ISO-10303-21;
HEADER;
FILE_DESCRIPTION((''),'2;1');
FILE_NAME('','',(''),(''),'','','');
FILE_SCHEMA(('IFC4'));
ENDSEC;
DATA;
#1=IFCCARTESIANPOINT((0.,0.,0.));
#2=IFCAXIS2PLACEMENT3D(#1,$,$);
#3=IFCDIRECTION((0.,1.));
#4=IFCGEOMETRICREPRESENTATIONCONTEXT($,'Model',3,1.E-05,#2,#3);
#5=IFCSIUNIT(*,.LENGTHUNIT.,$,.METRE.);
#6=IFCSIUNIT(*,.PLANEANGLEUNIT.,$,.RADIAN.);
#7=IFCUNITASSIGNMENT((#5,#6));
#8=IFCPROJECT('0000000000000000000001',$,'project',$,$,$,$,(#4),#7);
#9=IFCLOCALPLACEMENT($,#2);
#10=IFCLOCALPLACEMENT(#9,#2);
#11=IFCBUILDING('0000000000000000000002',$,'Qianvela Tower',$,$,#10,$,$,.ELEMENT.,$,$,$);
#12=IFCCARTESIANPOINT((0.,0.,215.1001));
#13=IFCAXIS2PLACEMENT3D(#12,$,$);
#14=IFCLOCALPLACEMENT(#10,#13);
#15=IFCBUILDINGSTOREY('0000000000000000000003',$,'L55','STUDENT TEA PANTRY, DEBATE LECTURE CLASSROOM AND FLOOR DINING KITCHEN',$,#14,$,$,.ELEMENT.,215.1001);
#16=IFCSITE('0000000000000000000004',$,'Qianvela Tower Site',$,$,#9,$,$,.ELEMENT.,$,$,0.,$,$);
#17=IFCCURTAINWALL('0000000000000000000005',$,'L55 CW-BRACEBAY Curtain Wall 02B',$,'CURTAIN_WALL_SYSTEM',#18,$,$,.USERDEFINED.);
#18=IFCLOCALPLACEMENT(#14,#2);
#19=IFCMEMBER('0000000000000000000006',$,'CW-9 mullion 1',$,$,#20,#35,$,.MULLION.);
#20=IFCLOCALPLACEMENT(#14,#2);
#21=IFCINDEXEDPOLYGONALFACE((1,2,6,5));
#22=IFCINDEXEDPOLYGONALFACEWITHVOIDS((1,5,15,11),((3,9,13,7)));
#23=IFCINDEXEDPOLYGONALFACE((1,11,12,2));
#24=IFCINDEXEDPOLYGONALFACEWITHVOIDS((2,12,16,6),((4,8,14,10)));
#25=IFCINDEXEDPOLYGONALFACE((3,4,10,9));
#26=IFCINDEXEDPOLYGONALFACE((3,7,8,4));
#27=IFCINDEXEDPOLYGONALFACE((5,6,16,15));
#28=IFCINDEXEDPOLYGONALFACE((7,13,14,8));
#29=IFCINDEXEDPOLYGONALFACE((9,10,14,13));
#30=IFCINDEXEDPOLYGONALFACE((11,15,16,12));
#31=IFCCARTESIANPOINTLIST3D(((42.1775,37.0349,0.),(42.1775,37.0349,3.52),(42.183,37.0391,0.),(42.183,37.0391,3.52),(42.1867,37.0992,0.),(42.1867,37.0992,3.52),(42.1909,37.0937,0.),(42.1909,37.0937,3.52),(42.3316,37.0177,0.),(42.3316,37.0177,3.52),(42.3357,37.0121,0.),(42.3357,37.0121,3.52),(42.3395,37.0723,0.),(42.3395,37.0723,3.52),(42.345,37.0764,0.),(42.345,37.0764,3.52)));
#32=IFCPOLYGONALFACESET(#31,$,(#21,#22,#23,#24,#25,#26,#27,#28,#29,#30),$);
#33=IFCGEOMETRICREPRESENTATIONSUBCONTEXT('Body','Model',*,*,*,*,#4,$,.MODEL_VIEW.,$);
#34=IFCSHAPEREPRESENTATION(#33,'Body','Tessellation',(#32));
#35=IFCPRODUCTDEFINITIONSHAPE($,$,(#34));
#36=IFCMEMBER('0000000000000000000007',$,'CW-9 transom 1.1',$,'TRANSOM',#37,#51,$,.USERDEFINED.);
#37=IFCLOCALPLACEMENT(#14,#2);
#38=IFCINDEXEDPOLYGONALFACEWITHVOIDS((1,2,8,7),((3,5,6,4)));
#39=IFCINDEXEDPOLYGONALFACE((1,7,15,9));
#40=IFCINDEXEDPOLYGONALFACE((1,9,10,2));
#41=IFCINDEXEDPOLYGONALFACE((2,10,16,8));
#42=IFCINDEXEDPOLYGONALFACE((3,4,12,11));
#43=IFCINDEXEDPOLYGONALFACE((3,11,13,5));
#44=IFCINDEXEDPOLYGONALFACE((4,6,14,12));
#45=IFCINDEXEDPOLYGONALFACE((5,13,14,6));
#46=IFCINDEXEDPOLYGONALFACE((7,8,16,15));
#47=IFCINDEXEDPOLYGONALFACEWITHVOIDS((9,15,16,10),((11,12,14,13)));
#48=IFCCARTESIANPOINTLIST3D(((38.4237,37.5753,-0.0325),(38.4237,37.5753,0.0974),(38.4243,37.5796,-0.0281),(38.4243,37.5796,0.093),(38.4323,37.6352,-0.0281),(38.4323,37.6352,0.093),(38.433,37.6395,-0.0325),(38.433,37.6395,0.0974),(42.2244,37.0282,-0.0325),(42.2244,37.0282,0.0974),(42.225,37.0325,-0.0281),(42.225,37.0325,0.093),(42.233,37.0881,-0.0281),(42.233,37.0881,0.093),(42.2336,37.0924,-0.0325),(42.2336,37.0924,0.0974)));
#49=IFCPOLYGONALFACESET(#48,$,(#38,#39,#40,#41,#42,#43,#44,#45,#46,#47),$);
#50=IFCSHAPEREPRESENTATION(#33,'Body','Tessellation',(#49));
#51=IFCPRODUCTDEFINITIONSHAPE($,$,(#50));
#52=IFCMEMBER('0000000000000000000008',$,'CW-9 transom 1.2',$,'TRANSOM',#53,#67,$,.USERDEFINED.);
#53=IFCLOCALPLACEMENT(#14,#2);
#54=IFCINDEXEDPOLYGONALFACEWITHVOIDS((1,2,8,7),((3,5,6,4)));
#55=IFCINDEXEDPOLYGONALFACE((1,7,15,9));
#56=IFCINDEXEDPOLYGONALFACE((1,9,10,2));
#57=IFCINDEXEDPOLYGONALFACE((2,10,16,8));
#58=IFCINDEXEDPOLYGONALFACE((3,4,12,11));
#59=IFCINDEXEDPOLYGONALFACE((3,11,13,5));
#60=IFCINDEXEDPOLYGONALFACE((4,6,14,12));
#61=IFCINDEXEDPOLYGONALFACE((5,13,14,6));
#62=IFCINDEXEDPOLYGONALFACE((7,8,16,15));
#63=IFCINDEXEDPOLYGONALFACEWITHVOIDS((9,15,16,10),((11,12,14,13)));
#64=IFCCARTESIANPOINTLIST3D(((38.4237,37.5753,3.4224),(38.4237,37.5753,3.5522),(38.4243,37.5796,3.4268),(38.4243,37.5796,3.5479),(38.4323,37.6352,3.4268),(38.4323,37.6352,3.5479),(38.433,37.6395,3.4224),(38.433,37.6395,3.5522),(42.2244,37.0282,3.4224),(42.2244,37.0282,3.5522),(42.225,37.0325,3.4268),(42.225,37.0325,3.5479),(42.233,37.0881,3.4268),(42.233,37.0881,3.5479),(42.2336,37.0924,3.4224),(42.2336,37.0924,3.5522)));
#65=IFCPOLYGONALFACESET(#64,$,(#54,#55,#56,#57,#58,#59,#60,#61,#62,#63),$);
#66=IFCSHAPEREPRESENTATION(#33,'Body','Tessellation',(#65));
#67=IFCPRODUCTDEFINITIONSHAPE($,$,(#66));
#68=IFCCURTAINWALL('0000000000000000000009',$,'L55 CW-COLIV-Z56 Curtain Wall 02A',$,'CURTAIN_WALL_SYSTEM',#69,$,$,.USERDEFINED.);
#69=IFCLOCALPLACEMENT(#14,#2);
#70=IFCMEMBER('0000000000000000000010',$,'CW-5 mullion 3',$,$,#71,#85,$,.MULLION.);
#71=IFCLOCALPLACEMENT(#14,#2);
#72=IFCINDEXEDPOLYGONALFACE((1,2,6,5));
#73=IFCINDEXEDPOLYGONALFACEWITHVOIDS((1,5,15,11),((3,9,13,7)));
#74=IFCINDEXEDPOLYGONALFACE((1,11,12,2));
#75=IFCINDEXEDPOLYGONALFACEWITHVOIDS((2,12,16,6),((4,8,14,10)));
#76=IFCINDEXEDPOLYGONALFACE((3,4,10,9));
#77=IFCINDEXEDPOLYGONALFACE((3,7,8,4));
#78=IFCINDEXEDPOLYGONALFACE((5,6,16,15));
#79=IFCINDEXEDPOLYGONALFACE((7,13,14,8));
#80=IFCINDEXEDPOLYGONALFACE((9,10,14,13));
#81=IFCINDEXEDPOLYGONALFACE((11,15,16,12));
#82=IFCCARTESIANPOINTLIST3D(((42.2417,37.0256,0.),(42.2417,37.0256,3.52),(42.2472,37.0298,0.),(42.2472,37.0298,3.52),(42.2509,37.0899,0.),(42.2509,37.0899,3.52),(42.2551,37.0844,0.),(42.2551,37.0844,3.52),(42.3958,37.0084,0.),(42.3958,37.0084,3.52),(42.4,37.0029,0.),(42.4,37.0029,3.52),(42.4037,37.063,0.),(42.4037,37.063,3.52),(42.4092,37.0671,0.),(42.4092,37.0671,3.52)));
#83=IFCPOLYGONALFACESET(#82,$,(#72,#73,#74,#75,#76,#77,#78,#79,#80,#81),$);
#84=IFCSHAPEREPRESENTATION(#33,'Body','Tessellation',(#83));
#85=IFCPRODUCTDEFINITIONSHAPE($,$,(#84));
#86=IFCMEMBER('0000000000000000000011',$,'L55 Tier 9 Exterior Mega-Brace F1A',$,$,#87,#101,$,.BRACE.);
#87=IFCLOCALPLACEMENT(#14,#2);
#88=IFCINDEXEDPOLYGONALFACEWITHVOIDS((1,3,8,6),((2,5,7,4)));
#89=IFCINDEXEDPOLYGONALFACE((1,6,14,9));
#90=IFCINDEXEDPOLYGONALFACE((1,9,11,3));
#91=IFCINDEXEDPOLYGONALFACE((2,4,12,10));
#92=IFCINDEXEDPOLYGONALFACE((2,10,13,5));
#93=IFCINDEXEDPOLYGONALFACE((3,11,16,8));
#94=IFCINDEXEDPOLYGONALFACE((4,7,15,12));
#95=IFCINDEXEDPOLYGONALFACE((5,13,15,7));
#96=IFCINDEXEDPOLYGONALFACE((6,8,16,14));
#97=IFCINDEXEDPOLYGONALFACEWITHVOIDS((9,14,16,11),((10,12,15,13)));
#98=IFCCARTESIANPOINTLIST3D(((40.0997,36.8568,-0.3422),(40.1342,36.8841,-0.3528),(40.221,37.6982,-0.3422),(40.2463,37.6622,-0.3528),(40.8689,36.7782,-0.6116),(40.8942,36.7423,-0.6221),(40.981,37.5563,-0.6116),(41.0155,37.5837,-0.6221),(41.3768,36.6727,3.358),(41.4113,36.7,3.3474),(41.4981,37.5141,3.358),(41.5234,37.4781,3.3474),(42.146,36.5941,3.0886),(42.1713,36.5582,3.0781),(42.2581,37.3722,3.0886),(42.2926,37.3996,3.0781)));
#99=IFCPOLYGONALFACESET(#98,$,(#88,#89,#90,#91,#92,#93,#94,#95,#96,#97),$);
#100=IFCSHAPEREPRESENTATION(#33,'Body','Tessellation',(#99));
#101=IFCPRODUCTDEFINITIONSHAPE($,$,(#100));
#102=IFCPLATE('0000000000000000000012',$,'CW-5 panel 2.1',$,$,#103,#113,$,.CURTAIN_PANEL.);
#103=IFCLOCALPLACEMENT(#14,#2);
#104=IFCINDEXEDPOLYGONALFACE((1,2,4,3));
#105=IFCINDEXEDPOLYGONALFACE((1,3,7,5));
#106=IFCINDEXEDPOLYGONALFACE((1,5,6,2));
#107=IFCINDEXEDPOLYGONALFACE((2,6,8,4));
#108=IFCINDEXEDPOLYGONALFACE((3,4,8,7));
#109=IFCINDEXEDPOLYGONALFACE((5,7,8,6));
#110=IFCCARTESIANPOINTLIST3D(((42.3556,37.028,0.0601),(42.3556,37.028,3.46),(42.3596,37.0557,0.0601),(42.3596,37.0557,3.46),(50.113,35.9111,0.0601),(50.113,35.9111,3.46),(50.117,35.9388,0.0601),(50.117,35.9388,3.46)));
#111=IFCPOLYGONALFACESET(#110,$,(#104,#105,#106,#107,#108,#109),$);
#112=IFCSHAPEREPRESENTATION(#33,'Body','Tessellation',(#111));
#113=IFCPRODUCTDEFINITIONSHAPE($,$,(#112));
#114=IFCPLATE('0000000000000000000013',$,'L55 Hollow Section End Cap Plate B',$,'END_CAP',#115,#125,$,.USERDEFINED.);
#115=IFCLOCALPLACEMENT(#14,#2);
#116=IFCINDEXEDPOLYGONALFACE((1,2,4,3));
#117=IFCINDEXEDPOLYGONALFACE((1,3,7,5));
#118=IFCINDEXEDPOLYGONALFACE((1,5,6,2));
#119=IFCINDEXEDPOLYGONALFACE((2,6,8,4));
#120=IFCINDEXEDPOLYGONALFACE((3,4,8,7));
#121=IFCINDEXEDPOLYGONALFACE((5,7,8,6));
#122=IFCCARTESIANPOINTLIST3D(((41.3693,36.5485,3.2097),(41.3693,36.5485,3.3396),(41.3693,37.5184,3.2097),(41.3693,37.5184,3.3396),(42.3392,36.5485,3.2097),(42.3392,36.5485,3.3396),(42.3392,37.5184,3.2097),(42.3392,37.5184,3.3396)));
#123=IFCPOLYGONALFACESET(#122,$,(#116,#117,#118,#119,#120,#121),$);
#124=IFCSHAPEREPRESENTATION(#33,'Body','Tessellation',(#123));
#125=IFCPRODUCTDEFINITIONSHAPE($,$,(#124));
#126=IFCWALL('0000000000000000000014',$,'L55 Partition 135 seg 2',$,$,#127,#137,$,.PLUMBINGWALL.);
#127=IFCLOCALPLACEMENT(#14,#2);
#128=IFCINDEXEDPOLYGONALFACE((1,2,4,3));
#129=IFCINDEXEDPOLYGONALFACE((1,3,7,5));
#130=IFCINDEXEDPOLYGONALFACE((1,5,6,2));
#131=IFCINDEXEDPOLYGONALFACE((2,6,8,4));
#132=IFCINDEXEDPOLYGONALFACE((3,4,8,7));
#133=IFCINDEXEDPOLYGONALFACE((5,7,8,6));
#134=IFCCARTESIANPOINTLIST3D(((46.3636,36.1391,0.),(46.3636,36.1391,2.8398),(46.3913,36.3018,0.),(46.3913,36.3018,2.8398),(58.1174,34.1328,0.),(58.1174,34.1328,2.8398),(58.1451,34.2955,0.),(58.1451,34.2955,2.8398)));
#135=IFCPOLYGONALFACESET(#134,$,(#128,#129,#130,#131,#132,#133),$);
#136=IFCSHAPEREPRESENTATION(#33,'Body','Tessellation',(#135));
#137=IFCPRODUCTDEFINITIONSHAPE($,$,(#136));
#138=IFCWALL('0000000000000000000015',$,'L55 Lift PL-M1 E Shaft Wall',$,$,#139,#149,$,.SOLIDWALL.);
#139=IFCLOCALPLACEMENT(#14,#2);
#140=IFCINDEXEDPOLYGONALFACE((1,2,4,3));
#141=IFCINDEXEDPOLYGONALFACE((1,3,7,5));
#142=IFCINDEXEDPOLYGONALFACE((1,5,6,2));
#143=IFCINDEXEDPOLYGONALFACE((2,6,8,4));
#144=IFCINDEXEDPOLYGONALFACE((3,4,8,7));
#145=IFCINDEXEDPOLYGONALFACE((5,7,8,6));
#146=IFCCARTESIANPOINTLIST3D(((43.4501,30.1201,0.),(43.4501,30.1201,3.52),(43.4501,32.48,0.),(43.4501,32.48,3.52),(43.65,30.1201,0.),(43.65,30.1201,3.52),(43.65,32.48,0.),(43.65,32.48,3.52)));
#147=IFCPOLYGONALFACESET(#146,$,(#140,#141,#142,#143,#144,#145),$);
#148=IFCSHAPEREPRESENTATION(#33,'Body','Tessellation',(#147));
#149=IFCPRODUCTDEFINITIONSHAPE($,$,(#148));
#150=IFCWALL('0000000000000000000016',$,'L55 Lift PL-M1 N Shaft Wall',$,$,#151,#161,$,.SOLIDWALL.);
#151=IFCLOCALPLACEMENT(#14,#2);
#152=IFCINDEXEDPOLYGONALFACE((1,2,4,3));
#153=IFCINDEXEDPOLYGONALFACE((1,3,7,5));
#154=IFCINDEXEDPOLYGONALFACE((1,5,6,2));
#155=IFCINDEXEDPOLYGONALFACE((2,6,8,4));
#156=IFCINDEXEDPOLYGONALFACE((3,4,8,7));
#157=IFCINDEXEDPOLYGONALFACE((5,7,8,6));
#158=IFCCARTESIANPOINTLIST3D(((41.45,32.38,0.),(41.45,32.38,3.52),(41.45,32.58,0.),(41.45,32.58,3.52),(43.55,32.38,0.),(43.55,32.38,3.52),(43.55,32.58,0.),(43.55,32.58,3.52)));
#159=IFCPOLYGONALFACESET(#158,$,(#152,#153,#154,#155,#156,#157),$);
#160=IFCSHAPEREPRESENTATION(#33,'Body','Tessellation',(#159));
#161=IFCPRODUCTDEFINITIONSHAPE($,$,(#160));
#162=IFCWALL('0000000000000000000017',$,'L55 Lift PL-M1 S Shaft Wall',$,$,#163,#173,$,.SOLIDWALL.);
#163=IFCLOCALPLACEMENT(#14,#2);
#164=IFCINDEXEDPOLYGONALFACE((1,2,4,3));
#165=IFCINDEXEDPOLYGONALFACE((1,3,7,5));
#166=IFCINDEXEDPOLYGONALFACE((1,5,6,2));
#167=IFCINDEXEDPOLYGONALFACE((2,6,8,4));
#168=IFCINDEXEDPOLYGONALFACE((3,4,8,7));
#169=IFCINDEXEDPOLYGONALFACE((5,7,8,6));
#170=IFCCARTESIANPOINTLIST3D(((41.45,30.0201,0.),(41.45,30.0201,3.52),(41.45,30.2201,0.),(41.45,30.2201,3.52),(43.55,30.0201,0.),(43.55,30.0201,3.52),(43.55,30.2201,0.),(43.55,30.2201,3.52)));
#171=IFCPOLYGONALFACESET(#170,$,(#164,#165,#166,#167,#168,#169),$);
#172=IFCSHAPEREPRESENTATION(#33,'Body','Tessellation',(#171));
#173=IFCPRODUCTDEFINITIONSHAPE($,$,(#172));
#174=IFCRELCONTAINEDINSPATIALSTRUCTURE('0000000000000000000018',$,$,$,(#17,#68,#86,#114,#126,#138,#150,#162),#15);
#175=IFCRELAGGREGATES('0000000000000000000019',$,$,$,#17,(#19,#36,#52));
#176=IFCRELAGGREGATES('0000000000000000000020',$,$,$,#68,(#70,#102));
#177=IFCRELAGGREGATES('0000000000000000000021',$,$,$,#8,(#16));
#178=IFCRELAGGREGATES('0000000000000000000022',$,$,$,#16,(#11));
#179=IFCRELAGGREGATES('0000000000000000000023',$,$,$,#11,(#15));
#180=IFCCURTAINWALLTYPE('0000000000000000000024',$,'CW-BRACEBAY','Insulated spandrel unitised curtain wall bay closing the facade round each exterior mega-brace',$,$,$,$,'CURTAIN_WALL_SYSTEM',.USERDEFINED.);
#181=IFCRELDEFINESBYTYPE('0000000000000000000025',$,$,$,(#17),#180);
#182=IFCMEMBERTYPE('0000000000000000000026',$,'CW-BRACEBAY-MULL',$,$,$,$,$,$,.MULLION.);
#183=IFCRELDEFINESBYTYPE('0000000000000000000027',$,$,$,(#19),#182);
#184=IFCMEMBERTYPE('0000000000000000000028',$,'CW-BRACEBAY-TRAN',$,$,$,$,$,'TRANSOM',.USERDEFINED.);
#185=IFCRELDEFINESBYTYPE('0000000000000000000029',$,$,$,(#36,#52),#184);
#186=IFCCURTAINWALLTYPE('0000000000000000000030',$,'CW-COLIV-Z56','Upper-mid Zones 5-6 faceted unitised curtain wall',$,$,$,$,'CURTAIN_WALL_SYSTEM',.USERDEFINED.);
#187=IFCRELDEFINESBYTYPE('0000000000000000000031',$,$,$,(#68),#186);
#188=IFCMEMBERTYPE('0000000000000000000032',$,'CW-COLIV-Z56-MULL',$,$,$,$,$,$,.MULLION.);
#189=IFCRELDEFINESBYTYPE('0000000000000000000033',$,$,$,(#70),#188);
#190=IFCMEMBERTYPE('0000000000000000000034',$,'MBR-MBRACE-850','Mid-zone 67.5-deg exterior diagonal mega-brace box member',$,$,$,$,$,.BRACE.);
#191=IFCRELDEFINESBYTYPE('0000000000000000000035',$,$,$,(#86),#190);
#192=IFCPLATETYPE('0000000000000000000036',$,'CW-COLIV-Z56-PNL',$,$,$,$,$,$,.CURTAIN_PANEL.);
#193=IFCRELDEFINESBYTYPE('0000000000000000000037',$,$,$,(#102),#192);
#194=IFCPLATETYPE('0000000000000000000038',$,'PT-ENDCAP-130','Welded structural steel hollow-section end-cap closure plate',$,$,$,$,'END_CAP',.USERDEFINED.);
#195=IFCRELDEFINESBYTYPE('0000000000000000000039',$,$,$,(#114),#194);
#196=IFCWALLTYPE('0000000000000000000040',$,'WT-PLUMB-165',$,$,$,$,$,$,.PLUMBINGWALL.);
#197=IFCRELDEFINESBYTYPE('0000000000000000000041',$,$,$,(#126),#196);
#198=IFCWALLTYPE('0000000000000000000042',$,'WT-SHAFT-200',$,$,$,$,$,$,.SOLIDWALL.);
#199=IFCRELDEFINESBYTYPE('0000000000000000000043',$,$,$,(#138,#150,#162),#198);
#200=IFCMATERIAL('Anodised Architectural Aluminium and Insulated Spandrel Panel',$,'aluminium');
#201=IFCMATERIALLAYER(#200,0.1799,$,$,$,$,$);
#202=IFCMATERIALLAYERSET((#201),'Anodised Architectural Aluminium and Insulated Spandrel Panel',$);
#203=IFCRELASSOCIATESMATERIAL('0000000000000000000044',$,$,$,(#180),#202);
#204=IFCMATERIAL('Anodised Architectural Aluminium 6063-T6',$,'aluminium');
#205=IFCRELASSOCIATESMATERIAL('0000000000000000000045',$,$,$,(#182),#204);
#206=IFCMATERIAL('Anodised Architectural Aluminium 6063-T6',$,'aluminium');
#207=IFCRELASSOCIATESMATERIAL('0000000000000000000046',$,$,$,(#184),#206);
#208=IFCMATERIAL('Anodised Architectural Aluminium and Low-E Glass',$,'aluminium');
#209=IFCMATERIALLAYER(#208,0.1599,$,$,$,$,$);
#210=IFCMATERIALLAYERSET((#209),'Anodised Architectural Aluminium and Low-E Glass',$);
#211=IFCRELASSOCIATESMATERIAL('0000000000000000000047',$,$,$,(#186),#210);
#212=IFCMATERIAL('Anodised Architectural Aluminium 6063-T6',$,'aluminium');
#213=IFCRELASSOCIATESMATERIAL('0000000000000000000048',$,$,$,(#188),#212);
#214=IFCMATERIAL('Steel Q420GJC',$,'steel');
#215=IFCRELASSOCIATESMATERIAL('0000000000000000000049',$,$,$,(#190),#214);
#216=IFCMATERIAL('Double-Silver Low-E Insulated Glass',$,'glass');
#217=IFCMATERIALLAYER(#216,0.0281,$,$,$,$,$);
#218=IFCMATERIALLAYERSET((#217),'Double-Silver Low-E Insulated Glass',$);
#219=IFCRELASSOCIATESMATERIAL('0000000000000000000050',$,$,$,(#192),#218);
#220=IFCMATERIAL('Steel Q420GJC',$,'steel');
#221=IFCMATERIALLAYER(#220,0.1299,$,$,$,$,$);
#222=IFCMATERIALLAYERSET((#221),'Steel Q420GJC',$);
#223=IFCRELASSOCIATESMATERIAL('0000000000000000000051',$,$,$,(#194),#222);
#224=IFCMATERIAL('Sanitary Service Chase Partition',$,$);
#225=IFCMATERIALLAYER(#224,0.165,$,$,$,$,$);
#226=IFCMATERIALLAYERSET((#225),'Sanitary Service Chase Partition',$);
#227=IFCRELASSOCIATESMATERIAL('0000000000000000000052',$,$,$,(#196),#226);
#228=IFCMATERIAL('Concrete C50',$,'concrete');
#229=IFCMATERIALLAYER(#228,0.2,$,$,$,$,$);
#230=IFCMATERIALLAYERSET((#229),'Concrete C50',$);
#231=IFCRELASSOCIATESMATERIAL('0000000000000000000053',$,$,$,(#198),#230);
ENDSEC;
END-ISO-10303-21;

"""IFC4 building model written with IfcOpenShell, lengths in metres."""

from ifc_helpers import new_model, si_unit, direction, frame, frame_2d, origin, origin_2d, place, context, subcontext, project, spatial, rectangle, hollow_rectangle, extrude, material, layer, layer_set, material_profile, profile_set, type_object, element, aggregate, save


model = new_model("IFC4")

# Units and contexts
model_context = context("Model", 3, precision=1e-05, world=origin(), true_north=direction((0.0, 1.0)))
body_context = subcontext(model_context, "Body", "Model", "MODEL_VIEW")
ifc_project = project(units=[si_unit("LENGTHUNIT", "METRE"), si_unit("PLANEANGLEUNIT", "RADIAN")], contexts=[model_context])

# Site, building, storey
site_placement = place(None, origin())
site = spatial("IfcSite", under=ifc_project, at=site_placement, Name="Qianvela Tower Site", CompositionType="ELEMENT", RefElevation=0.0)
building_placement = place(site_placement, origin())
building = spatial("IfcBuilding", under=site, at=building_placement, Name="Qianvela Tower", CompositionType="ELEMENT")
storey_placement = place(building_placement, frame((0.0, 0.0, 215.1001)))
storey = spatial("IfcBuildingStorey", under=building, at=storey_placement, Name="L55", Description="STUDENT TEA PANTRY, DEBATE LECTURE CLASSROOM AND FLOOR DINING KITCHEN", CompositionType="ELEMENT", Elevation=215.1001)

# Curtain wall, members
ifc_material_1 = material(Name="Anodised Architectural Aluminium and Insulated Spandrel Panel", Category="aluminium")
ifc_layer_1 = layer(ifc_material_1, 0.1799)
ifc_layer_set_1 = layer_set([ifc_layer_1], Name="Anodised Architectural Aluminium and Insulated Spandrel Panel")
curtain_wall_type_1 = type_object("IfcCurtainWallType", Name="CW-BRACEBAY", Description="Insulated spandrel unitised curtain wall bay closing the facade round each exterior mega-brace", ElementType="CURTAIN_WALL_SYSTEM", PredefinedType="USERDEFINED", material=ifc_layer_set_1)
curtain_wall_1_placement = place(storey_placement, origin())
curtain_wall_1 = element("IfcCurtainWall", 1, at=curtain_wall_1_placement, inside=storey, type_object=curtain_wall_type_1, Name="L55 CW-BRACEBAY Curtain Wall 02B", ObjectType="CURTAIN_WALL_SYSTEM", PredefinedType="USERDEFINED")
ifc_material_2 = material(Name="Anodised Architectural Aluminium 6063-T6", Category="aluminium")
ifc_material_profile_1 = material_profile(ifc_material_2, hollow_rectangle(XDim=0.0649, YDim=0.1599, WallThickness=0.0049, at=origin_2d()), Name="ALU-MULL-65x160")
ifc_profile_set_1 = profile_set([ifc_material_profile_1], Name="Anodised Architectural Aluminium 6063-T6")
member_type_1 = type_object("IfcMemberType", Name="CW-BRACEBAY-MULL", PredefinedType="MULLION", material=ifc_profile_set_1)
member_1_placement = place(storey_placement, frame((42.2612, 37.0557, 0.0), z_axis=(0.0, 0.0, 1.0), x_axis=(-0.142518, -0.989792, 0.0)))
member_1 = element("IfcMember", 2, at=member_1_placement, type_object=member_type_1, Name="CW-9 mullion 1", PredefinedType="MULLION", context=body_context, shape_type="SweptSolid", body=[
    extrude(hollow_rectangle(XDim=0.0649, YDim=0.1599, WallThickness=0.0049, at=origin_2d()), origin(), (0.0, 0.0, 1.0), 3.52),
])
ifc_material_3 = material(Name="Anodised Architectural Aluminium 6063-T6", Category="aluminium")
ifc_material_profile_2 = material_profile(ifc_material_3, hollow_rectangle(XDim=0.0649, YDim=0.1299, WallThickness=0.0044, at=origin_2d()), Name="ALU-TRAN-65x130")
ifc_profile_set_2 = profile_set([ifc_material_profile_2], Name="Anodised Architectural Aluminium 6063-T6")
member_type_2 = type_object("IfcMemberType", Name="CW-BRACEBAY-TRAN", ElementType="TRANSOM", PredefinedType="USERDEFINED", material=ifc_profile_set_2)
member_2_placement = place(storey_placement, frame((42.229, 37.0603, 0.0325), z_axis=(-0.989798, 0.142481, 0.0), x_axis=(-0.142481, -0.989798, 0.0)))
member_2 = element("IfcMember", 3, at=member_2_placement, type_object=member_type_2, Name="CW-9 transom 1.1", ObjectType="TRANSOM", PredefinedType="USERDEFINED", context=body_context, shape_type="SweptSolid", body=[
    extrude(hollow_rectangle(XDim=0.0649, YDim=0.1299, WallThickness=0.0044, at=origin_2d()), origin(), (0.0, 0.0, 1.0), 3.8398),
])
member_3_placement = place(storey_placement, frame((42.229, 37.0603, 3.4873), z_axis=(-0.989798, 0.142481, 0.0), x_axis=(-0.142481, -0.989798, 0.0)))
member_3 = element("IfcMember", 4, at=member_3_placement, type_object=member_type_2, Name="CW-9 transom 1.2", ObjectType="TRANSOM", PredefinedType="USERDEFINED", context=body_context, shape_type="SweptSolid", body=[
    extrude(hollow_rectangle(XDim=0.0649, YDim=0.1299, WallThickness=0.0044, at=origin_2d()), origin(), (0.0, 0.0, 1.0), 3.8398),
])
aggregate(curtain_wall_1, [member_1, member_2, member_3])

# Curtain wall, member
ifc_material_4 = material(Name="Anodised Architectural Aluminium and Low-E Glass", Category="aluminium")
ifc_layer_2 = layer(ifc_material_4, 0.1599)
ifc_layer_set_2 = layer_set([ifc_layer_2], Name="Anodised Architectural Aluminium and Low-E Glass")
curtain_wall_type_2 = type_object("IfcCurtainWallType", Name="CW-COLIV-Z56", Description="Upper-mid Zones 5-6 faceted unitised curtain wall", ElementType="CURTAIN_WALL_SYSTEM", PredefinedType="USERDEFINED", material=ifc_layer_set_2)
curtain_wall_2_placement = place(storey_placement, origin())
curtain_wall_2 = element("IfcCurtainWall", 5, at=curtain_wall_2_placement, inside=storey, type_object=curtain_wall_type_2, Name="L55 CW-COLIV-Z56 Curtain Wall 02A", ObjectType="CURTAIN_WALL_SYSTEM", PredefinedType="USERDEFINED")
ifc_material_5 = material(Name="Anodised Architectural Aluminium 6063-T6", Category="aluminium")
ifc_material_profile_3 = material_profile(ifc_material_5, hollow_rectangle(XDim=0.0649, YDim=0.1599, WallThickness=0.0049, at=origin_2d()), Name="ALU-MULL-65x160")
ifc_profile_set_3 = profile_set([ifc_material_profile_3], Name="Anodised Architectural Aluminium 6063-T6")
member_type_3 = type_object("IfcMemberType", Name="CW-COLIV-Z56-MULL", PredefinedType="MULLION", material=ifc_profile_set_3)
member_4_placement = place(storey_placement, frame((42.3254, 37.0464, 0.0), z_axis=(0.0, 0.0, 1.0), x_axis=(-0.142508, -0.989794, 0.0)))
member_4 = element("IfcMember", 6, at=member_4_placement, type_object=member_type_3, Name="CW-5 mullion 3", PredefinedType="MULLION", context=body_context, shape_type="SweptSolid", body=[
    extrude(hollow_rectangle(XDim=0.0649, YDim=0.1599, WallThickness=0.0049, at=origin_2d()), origin(), (0.0, 0.0, 1.0), 3.52),
])

# Member
ifc_material_6 = material(Name="Steel Q420GJC", Category="steel")
ifc_material_profile_4 = material_profile(ifc_material_6, hollow_rectangle(XDim=0.8501, YDim=0.8501, WallThickness=0.032, at=origin_2d()), Name="MBOX-850x850x32")
ifc_profile_set_4 = profile_set([ifc_material_profile_4], Name="Steel Q420GJC")
member_type_4 = type_object("IfcMemberType", Name="MBR-MBRACE-850", Description="Mid-zone 67.5-deg exterior diagonal mega-brace box member", PredefinedType="BRACE", material=ifc_profile_set_4)
member_5_placement = place(storey_placement, frame((40.5576, 37.2202, -0.4822), z_axis=(0.325898, -0.046975, 0.944237), x_axis=(0.142666, 0.989771, 0.0)))
element("IfcMember", 7, at=member_5_placement, inside=storey, type_object=member_type_4, Name="L55 Tier 9 Exterior Mega-Brace F1A", PredefinedType="BRACE", context=body_context, shape_type="SweptSolid", body=[
    extrude(hollow_rectangle(XDim=0.8501, YDim=0.8501, WallThickness=0.032, at=origin_2d()), origin(), (0.0, 0.0, 1.0), 3.9187),
])

# Plates
ifc_material_7 = material(Name="Double-Silver Low-E Insulated Glass", Category="glass")
ifc_layer_3 = layer(ifc_material_7, 0.0281)
ifc_layer_set_3 = layer_set([ifc_layer_3], Name="Double-Silver Low-E Insulated Glass")
plate_type_1 = type_object("IfcPlateType", Name="CW-COLIV-Z56-PNL", PredefinedType="CURTAIN_PANEL", material=ifc_layer_set_3)
plate_1_placement = place(storey_placement, frame((46.2363, 36.4834, 0.0601), z_axis=(0.0, 0.0, 1.0), x_axis=(-0.989794, 0.142508, 0.0)))
plate_1 = element("IfcPlate", 8, at=plate_1_placement, type_object=plate_type_1, Name="CW-5 panel 2.1", PredefinedType="CURTAIN_PANEL", context=body_context, shape_type="SweptSolid", body=[
    extrude(rectangle(XDim=7.8374, YDim=0.0281, at=origin_2d()), origin(), (0.0, 0.0, 1.0), 3.3999),
])
aggregate(curtain_wall_2, [member_4, plate_1])
ifc_material_8 = material(Name="Steel Q420GJC", Category="steel")
ifc_layer_4 = layer(ifc_material_8, 0.1299)
ifc_layer_set_4 = layer_set([ifc_layer_4], Name="Steel Q420GJC")
plate_type_2 = type_object("IfcPlateType", Name="PT-ENDCAP-130", Description="Welded structural steel hollow-section end-cap closure plate", ElementType="END_CAP", PredefinedType="USERDEFINED", material=ifc_layer_set_4)
plate_2_placement = place(storey_placement, frame((41.8542, 37.0334, 3.2097), z_axis=(0.0, 0.0, 1.0), x_axis=(1.0, 0.0, 0.0)))
element("IfcPlate", 9, at=plate_2_placement, inside=storey, type_object=plate_type_2, Name="L55 Hollow Section End Cap Plate B", ObjectType="END_CAP", PredefinedType="USERDEFINED", context=body_context, shape_type="SweptSolid", body=[
    extrude(rectangle(XDim=0.97, YDim=0.97, at=origin_2d()), origin(), (0.0, 0.0, 1.0), 0.1299),
])

# Walls
ifc_material_9 = material(Name="Sanitary Service Chase Partition")
ifc_layer_5 = layer(ifc_material_9, 0.165)
ifc_layer_set_5 = layer_set([ifc_layer_5], Name="Sanitary Service Chase Partition")
wall_type_1 = type_object("IfcWallType", Name="WT-PLUMB-165", PredefinedType="PLUMBINGWALL", material=ifc_layer_set_5)
wall_1_placement = place(storey_placement, frame((46.3774, 36.2205, 0.0), z_axis=(0.0, 0.0, 1.0), x_axis=(0.985742, -0.168262, 0.0)))
element("IfcWall", 10, at=wall_1_placement, inside=storey, type_object=wall_type_1, Name="L55 Partition 135 seg 2", PredefinedType="PLUMBINGWALL", context=body_context, shape_type="SweptSolid", body=[
    extrude(rectangle(XDim=11.9238, YDim=0.165, at=frame_2d((5.9619, 0.0))), origin(), (0.0, 0.0, 1.0), 2.8398),
])
ifc_material_10 = material(Name="Concrete C50", Category="concrete")
ifc_layer_6 = layer(ifc_material_10, 0.2)
ifc_layer_set_6 = layer_set([ifc_layer_6], Name="Concrete C50")
wall_type_2 = type_object("IfcWallType", Name="WT-SHAFT-200", PredefinedType="SOLIDWALL", material=ifc_layer_set_6)
wall_2_placement = place(storey_placement, frame((43.55, 30.1201, 0.0), z_axis=(0.0, 0.0, 1.0), x_axis=(0.0, 1.0, 0.0)))
element("IfcWall", 11, at=wall_2_placement, inside=storey, type_object=wall_type_2, Name="L55 Lift PL-M1 E Shaft Wall", PredefinedType="SOLIDWALL", context=body_context, shape_type="SweptSolid", body=[
    extrude(rectangle(XDim=2.3599, YDim=0.2, at=frame_2d((1.1799, 0.0))), origin(), (0.0, 0.0, 1.0), 3.52),
])

# Walls
for number, where, z_axis, x_axis, name in (
    (12, (41.45, 32.48, 0.0), (0.0, 0.0, 1.0), (1.0, 0.0, 0.0), "L55 Lift PL-M1 N Shaft Wall"),
    (13, (41.45, 30.1201, 0.0), (0.0, 0.0, 1.0), (1.0, 0.0, 0.0), "L55 Lift PL-M1 S Shaft Wall"),
):
    element("IfcWall", number, at=place(storey_placement, frame(where, z_axis=z_axis, x_axis=x_axis)), inside=storey, type_object=wall_type_2, Name=name, PredefinedType="SOLIDWALL", context=body_context, shape_type="SweptSolid", body=[
        extrude(rectangle(XDim=2.1001, YDim=0.2, at=frame_2d((1.05, 0.0))), origin(), (0.0, 0.0, 1.0), 3.52),
    ])

save(model, "model.ifc")
